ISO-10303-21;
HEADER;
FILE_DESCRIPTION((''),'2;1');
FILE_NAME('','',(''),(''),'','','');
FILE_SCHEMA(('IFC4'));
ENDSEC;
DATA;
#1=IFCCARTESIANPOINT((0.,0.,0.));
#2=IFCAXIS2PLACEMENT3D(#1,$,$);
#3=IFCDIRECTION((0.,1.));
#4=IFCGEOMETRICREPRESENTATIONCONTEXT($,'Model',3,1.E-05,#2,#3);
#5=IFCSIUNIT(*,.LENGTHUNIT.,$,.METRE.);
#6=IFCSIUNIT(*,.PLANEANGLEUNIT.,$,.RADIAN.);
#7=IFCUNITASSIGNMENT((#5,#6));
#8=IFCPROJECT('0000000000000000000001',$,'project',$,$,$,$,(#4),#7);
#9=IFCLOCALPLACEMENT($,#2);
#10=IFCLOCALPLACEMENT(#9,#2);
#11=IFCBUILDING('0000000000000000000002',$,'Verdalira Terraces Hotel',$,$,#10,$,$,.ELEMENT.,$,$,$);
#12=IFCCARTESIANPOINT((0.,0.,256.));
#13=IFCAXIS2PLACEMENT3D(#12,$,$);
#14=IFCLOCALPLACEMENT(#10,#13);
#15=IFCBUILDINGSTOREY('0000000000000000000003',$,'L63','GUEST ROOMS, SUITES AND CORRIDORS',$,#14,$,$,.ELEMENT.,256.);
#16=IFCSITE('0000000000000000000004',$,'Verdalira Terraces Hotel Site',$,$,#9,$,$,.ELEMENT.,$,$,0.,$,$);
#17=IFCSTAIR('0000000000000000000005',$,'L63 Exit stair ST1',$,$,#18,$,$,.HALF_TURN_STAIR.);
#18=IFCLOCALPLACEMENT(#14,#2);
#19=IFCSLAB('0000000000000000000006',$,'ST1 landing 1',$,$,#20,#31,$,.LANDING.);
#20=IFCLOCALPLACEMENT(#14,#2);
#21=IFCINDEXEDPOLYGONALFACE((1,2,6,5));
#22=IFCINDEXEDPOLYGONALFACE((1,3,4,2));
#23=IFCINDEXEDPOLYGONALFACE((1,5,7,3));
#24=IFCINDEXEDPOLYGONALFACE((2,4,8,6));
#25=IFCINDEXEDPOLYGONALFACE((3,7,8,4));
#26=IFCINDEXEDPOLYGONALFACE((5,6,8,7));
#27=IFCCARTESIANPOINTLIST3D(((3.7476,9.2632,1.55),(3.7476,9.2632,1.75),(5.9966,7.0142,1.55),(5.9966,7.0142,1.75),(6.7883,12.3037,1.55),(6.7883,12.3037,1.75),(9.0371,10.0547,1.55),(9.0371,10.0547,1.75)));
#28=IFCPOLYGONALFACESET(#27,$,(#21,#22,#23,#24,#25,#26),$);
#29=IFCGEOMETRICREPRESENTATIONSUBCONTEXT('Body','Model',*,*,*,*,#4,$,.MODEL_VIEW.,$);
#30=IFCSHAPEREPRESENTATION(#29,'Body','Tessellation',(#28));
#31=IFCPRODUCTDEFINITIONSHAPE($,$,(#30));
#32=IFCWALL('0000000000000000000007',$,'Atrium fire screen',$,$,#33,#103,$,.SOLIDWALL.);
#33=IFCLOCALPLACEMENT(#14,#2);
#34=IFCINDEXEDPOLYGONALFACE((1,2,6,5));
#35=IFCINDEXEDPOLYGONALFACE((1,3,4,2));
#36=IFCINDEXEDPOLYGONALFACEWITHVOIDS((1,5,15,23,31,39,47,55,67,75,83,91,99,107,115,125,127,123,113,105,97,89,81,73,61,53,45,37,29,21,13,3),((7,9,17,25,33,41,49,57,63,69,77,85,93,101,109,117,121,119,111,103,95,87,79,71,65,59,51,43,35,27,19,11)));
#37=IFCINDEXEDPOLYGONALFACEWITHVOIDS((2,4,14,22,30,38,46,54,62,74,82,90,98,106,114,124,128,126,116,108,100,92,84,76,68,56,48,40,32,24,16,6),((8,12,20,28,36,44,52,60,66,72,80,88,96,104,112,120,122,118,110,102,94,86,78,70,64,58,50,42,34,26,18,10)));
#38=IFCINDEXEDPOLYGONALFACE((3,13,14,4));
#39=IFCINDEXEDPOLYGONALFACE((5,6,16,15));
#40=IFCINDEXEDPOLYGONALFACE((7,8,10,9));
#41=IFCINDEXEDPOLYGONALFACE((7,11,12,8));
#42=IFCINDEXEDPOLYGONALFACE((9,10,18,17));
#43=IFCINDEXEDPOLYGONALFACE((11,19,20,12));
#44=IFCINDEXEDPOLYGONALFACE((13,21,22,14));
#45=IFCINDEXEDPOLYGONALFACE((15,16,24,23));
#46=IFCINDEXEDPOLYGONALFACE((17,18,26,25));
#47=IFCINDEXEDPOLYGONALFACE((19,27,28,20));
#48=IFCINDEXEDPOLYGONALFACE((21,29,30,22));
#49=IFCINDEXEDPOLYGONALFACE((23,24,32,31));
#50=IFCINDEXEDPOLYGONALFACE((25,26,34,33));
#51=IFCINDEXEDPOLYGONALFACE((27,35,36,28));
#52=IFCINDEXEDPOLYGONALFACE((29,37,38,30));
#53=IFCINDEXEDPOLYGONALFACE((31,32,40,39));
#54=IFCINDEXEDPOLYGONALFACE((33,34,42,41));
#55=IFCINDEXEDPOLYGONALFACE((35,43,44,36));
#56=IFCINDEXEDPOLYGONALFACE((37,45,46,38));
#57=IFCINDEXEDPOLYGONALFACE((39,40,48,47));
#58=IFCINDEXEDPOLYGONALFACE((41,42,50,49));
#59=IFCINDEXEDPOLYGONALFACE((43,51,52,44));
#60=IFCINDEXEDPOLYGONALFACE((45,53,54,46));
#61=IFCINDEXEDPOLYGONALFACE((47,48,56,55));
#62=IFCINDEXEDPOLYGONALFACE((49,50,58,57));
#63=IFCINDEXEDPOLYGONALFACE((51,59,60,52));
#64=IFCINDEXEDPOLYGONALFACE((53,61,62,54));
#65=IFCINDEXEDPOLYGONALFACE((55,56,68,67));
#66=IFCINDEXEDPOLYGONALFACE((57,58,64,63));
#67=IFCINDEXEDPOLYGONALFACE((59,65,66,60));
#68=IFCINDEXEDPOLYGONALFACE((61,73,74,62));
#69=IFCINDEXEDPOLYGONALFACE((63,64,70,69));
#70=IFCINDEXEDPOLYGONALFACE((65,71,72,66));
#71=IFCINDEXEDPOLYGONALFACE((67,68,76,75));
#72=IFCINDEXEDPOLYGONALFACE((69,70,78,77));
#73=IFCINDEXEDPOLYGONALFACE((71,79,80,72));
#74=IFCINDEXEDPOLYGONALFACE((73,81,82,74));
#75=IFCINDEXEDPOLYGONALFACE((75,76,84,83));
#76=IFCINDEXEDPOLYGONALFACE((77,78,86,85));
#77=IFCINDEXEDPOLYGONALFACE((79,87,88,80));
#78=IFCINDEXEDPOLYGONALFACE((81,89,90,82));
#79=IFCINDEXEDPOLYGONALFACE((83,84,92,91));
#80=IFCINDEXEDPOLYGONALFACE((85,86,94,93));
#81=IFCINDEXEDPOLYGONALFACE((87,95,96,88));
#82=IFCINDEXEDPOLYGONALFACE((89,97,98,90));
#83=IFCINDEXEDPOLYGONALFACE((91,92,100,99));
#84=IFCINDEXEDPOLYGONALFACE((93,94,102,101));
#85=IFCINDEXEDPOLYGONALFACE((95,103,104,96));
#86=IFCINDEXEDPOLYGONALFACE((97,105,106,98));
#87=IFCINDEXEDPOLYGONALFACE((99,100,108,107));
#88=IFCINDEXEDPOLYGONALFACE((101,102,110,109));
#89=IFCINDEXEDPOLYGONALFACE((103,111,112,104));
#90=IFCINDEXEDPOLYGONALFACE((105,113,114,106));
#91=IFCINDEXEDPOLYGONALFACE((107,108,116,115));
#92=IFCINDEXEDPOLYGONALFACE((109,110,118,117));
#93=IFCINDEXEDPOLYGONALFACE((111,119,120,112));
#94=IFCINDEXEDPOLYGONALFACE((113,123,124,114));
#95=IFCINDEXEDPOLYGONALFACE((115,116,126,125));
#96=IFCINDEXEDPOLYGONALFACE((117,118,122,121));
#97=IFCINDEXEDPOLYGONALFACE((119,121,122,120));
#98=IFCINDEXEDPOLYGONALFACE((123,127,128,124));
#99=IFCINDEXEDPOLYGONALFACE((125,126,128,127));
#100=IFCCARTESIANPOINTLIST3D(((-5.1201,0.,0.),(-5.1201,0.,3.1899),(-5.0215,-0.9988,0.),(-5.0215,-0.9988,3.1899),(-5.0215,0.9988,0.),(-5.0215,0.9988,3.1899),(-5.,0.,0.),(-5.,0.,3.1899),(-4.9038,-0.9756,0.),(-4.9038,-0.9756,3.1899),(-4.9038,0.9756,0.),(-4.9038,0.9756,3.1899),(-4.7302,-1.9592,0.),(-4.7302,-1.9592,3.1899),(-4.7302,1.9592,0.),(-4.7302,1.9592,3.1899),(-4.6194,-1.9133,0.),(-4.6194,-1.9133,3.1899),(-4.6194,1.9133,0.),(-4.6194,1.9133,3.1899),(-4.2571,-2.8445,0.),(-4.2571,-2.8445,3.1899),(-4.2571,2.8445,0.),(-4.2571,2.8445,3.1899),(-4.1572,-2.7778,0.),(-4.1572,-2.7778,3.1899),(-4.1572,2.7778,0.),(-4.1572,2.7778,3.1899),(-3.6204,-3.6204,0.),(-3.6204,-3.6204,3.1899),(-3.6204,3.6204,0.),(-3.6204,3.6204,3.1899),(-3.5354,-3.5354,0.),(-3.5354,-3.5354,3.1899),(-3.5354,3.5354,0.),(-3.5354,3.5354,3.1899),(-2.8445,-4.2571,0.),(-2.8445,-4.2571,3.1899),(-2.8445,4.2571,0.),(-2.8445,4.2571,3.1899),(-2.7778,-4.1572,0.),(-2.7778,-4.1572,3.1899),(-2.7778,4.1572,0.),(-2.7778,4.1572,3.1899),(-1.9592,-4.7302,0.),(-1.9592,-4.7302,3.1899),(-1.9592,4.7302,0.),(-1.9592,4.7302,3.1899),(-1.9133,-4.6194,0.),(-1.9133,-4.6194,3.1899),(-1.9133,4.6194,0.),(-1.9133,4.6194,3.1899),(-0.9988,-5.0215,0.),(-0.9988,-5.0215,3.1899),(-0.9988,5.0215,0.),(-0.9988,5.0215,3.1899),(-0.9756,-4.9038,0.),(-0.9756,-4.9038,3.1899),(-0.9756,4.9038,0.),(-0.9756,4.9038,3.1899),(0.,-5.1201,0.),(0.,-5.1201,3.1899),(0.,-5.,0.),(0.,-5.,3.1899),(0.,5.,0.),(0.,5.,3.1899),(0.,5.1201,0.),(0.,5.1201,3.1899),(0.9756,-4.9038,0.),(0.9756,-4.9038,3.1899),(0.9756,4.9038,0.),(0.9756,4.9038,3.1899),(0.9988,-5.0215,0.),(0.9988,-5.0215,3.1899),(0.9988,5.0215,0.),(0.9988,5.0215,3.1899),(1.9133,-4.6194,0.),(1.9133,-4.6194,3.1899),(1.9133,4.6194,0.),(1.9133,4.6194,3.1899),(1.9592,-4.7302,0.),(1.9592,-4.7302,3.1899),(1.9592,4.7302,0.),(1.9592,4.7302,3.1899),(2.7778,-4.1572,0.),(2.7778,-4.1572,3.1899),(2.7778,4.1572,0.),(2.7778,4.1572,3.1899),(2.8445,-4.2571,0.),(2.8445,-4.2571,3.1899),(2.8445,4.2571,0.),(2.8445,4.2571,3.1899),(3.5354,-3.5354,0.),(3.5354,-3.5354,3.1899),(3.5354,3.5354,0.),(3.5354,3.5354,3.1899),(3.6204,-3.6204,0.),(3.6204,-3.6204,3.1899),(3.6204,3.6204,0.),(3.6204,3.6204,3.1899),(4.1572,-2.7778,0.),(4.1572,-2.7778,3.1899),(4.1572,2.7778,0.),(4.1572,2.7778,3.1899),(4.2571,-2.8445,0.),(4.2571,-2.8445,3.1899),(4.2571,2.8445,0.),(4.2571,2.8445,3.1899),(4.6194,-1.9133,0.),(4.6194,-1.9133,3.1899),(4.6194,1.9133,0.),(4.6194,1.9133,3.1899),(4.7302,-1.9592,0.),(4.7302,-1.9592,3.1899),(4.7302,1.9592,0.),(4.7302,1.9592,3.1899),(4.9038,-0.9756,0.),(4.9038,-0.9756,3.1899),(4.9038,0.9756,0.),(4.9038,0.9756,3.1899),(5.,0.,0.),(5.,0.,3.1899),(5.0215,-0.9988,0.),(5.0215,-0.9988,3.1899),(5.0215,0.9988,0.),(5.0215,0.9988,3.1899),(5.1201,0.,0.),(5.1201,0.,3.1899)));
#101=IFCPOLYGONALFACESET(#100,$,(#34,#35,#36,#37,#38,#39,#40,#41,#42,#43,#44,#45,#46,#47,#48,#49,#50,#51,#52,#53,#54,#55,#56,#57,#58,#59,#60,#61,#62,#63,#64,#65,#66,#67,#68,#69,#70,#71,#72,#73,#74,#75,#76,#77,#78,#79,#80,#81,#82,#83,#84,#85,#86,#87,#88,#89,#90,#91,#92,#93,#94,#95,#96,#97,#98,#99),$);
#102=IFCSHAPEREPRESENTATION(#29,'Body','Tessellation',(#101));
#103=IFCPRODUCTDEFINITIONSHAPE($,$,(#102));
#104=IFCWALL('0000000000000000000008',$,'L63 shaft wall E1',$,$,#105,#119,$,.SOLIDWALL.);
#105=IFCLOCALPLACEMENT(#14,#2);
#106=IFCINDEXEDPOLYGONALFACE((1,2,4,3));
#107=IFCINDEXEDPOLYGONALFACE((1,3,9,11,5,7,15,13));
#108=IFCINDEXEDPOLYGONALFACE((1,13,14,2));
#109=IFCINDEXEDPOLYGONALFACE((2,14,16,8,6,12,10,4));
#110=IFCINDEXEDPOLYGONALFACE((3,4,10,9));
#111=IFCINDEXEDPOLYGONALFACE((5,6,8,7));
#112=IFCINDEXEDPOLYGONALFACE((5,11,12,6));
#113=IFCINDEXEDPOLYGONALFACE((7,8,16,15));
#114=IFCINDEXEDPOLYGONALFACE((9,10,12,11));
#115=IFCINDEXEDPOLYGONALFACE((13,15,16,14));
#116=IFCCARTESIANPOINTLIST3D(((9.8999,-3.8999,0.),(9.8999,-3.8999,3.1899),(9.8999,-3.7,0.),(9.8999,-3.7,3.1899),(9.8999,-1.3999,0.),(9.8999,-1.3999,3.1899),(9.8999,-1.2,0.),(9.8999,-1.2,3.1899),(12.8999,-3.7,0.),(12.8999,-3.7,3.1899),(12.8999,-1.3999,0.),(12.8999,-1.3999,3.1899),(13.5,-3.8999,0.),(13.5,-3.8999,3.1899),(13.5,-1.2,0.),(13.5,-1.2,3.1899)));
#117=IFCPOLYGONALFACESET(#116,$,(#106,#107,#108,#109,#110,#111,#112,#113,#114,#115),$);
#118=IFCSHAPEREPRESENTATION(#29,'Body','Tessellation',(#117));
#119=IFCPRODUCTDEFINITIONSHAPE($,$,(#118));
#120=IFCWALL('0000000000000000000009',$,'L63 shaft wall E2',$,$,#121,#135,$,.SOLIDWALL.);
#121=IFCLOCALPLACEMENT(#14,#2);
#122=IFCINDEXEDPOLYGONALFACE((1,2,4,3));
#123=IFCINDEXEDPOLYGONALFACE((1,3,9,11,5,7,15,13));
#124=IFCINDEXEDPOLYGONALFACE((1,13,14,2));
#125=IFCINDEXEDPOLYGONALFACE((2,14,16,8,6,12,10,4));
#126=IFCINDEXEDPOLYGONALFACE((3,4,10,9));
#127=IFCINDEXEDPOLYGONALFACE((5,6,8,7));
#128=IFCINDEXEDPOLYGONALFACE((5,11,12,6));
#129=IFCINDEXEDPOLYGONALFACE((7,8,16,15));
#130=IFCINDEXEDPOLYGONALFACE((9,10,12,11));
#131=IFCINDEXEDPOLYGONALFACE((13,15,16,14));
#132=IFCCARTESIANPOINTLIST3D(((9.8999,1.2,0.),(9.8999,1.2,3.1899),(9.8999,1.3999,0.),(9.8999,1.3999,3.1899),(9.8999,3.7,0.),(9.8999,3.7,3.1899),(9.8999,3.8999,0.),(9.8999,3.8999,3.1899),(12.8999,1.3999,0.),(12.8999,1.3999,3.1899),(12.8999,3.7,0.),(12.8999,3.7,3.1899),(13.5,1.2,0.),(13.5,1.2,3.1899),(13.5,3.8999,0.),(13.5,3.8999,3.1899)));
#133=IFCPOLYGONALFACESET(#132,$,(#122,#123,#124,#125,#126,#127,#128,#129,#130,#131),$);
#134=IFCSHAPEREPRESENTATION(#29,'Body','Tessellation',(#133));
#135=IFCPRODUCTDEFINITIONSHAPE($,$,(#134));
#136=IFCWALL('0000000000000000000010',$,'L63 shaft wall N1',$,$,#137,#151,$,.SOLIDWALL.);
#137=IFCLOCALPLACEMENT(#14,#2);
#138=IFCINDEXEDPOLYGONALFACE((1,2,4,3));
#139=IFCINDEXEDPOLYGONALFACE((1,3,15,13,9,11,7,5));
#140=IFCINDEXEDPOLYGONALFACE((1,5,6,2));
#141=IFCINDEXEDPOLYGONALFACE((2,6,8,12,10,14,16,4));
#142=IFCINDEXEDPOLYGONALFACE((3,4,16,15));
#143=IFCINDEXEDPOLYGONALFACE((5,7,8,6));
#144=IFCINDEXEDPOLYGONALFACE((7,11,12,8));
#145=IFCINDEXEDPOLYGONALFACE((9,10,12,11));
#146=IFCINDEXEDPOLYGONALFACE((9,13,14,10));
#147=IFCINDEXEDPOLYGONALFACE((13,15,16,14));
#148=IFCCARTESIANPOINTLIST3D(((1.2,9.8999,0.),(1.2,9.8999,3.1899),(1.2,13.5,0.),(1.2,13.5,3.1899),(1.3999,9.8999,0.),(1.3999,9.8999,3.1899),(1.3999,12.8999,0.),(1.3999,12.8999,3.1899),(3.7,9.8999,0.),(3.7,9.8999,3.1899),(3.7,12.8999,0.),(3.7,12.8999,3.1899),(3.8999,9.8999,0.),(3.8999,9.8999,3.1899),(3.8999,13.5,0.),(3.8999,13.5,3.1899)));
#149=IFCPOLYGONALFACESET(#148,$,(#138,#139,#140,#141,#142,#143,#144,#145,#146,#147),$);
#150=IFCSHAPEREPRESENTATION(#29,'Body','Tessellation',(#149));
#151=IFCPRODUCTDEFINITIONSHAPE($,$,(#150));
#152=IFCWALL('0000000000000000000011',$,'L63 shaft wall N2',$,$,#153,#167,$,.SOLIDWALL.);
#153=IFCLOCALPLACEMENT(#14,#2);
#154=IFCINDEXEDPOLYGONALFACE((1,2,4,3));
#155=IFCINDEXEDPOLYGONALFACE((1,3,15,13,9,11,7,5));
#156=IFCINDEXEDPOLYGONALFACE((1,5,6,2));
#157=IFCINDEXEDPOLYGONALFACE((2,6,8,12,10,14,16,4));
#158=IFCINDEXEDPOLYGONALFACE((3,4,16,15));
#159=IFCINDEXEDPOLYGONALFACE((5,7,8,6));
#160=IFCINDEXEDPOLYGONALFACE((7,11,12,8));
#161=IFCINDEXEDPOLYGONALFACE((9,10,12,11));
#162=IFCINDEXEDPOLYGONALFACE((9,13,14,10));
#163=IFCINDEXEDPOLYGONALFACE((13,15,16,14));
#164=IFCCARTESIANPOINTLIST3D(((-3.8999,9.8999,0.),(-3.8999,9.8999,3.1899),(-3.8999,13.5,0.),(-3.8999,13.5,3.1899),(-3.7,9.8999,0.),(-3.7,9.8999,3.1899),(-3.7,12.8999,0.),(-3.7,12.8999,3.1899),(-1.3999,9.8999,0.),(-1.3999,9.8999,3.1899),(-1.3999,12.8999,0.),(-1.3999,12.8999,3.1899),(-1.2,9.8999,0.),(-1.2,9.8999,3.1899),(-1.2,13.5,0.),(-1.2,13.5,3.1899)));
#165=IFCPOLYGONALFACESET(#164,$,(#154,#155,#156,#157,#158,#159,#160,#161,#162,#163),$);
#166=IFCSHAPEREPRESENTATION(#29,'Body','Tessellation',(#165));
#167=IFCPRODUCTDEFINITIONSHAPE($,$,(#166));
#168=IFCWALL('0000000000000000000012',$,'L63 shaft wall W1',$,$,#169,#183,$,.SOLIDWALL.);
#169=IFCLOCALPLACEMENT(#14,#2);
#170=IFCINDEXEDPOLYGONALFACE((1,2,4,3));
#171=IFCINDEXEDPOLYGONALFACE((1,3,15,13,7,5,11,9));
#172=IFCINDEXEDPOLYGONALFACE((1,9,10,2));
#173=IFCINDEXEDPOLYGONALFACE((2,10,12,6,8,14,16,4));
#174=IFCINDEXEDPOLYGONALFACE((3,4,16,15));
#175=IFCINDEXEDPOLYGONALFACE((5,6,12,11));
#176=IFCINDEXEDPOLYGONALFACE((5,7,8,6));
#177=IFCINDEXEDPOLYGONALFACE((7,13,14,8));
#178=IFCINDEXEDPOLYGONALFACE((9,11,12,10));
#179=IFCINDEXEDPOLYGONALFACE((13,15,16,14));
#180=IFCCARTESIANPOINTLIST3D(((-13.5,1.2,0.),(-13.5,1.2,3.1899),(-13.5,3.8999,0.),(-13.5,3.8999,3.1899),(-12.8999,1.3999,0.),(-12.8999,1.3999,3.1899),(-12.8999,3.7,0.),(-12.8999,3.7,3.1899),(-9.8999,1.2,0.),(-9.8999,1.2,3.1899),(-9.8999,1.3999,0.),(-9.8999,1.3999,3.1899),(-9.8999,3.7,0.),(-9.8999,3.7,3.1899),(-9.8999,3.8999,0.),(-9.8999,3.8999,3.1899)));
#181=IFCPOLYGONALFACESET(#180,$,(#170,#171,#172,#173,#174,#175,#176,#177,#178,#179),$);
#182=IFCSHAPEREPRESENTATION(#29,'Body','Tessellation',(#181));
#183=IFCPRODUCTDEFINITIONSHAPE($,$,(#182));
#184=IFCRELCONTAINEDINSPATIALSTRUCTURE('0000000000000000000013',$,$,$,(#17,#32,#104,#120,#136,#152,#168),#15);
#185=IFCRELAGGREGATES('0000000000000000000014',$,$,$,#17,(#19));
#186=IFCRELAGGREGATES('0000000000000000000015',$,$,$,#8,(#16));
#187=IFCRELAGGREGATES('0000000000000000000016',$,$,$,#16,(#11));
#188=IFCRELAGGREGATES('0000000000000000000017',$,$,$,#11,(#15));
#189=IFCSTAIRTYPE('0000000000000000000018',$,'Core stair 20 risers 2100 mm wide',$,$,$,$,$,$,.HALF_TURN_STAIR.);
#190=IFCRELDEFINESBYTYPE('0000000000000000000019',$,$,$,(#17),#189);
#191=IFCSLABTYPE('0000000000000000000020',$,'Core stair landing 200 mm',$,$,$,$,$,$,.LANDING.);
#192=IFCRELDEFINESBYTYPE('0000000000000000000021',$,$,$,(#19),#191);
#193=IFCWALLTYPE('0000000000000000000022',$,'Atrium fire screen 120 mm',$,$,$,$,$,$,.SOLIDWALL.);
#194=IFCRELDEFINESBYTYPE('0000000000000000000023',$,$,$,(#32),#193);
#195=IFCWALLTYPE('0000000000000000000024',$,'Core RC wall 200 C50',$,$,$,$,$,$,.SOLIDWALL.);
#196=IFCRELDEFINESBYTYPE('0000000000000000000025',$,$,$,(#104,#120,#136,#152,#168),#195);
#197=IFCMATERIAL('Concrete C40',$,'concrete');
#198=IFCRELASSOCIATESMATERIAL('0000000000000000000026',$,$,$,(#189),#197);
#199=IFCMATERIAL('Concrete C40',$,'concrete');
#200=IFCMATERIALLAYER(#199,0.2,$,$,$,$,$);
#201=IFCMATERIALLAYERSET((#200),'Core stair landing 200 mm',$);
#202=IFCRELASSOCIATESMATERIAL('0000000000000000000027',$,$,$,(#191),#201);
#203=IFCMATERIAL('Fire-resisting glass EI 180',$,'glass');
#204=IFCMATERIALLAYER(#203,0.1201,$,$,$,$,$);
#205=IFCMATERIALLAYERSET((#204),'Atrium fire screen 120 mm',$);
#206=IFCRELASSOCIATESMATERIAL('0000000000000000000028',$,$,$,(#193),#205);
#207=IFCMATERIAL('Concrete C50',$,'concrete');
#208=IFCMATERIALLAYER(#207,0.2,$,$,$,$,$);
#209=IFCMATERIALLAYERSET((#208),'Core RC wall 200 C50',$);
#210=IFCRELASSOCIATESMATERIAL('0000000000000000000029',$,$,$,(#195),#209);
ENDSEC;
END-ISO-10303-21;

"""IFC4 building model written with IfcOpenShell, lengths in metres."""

from ifc_helpers import new_model, si_unit, direction, frame, origin, place, context, subcontext, project, spatial, polyline, outline, extrude, material, layer, layer_set, type_object, element, aggregate, save


model = new_model("IFC4")

# Units and contexts
model_context = context("Model", 3, precision=1e-05, world=origin(), true_north=direction((0.0, 1.0)))
body_context = subcontext(model_context, "Body", "Model", "MODEL_VIEW")
ifc_project = project(units=[si_unit("LENGTHUNIT", "METRE"), si_unit("PLANEANGLEUNIT", "RADIAN")], contexts=[model_context])

# Site, building, storey
site_placement = place(None, origin())
site = spatial("IfcSite", under=ifc_project, at=site_placement, Name="Verdalira Terraces Hotel Site", CompositionType="ELEMENT", RefElevation=0.0)
building_placement = place(site_placement, origin())
building = spatial("IfcBuilding", under=site, at=building_placement, Name="Verdalira Terraces Hotel", CompositionType="ELEMENT")
storey_placement = place(building_placement, frame((0.0, 0.0, 256.0)))
storey = spatial("IfcBuildingStorey", under=building, at=storey_placement, Name="L63", Description="GUEST ROOMS, SUITES AND CORRIDORS", CompositionType="ELEMENT", Elevation=256.0)

# Stair, slab
ifc_material_1 = material(Name="Concrete C40", Category="concrete")
stair_type = type_object("IfcStairType", Name="Core stair 20 risers 2100 mm wide", PredefinedType="HALF_TURN_STAIR", material=ifc_material_1)
stair_placement = place(storey_placement, origin())
stair = element("IfcStair", 1, at=stair_placement, inside=storey, type_object=stair_type, Name="L63 Exit stair ST1", PredefinedType="HALF_TURN_STAIR")
ifc_material_2 = material(Name="Concrete C40", Category="concrete")
ifc_layer_1 = layer(ifc_material_2, 0.2)
ifc_layer_set_1 = layer_set([ifc_layer_1], Name="Core stair landing 200 mm")
slab_type_1 = type_object("IfcSlabType", Name="Core stair landing 200 mm", PredefinedType="LANDING", material=ifc_layer_set_1)
slab_1_placement = place(storey_placement, frame((0.0, 0.0, 1.55)))
slab_1 = element("IfcSlab", 2, at=slab_1_placement, type_object=slab_type_1, Name="ST1 landing 1", PredefinedType="LANDING", context=body_context, shape_type="SweptSolid", body=[
    extrude(outline(polyline([(9.0371, 10.0547), (6.7883, 12.3037), (3.7476, 9.2632), (5.9966, 7.0142), (9.0371, 10.0547)])), origin(), (0.0, 0.0, 1.0), 0.2),
])
aggregate(stair, [slab_1])

# Walls
ifc_material_3 = material(Name="Fire-resisting glass EI 180", Category="glass")
ifc_layer_2 = layer(ifc_material_3, 0.1201)
ifc_layer_set_2 = layer_set([ifc_layer_2], Name="Atrium fire screen 120 mm")
wall_type_1 = type_object("IfcWallType", Name="Atrium fire screen 120 mm", PredefinedType="SOLIDWALL", material=ifc_layer_set_2)
wall_1_placement = place(storey_placement, origin())
element("IfcWall", 3, at=wall_1_placement, inside=storey, type_object=wall_type_1, Name="Atrium fire screen", PredefinedType="SOLIDWALL", context=body_context, shape_type="SweptSolid", body=[
    extrude(outline(polyline([(5.0215, -0.9988), (4.7302, -1.9592), (4.2571, -2.8445), (3.6204, -3.6204), (2.8445, -4.2571), (1.9592, -4.7302), (0.9988, -5.0215), (0.0, -5.1201), (-0.9988, -5.0215), (-1.9592, -4.7302), (-2.8445, -4.2571), (-3.6204, -3.6204), (-4.2571, -2.8445), (-4.7302, -1.9592), (-5.0215, -0.9988), (-5.1201, 0.0), (-5.0215, 0.9988), (-4.7302, 1.9592), (-4.2571, 2.8445), (-3.6204, 3.6204), (-2.8445, 4.2571), (-1.9592, 4.7302), (-0.9988, 5.0215), (0.0, 5.1201), (0.9988, 5.0215), (1.9592, 4.7302), (2.8445, 4.2571), (3.6204, 3.6204), (4.2571, 2.8445), (4.7302, 1.9592), (5.0215, 0.9988), (5.1201, 0.0), (5.0215, -0.9988)]), holes=[polyline([(4.9038, 0.9756), (4.6194, 1.9133), (4.1572, 2.7778), (3.5354, 3.5354), (2.7778, 4.1572), (1.9133, 4.6194), (0.9756, 4.9038), (0.0, 5.0), (-0.9756, 4.9038), (-1.9133, 4.6194), (-2.7778, 4.1572), (-3.5354, 3.5354), (-4.1572, 2.7778), (-4.6194, 1.9133), (-4.9038, 0.9756), (-5.0, 0.0), (-4.9038, -0.9756), (-4.6194, -1.9133), (-4.1572, -2.7778), (-3.5354, -3.5354), (-2.7778, -4.1572), (-1.9133, -4.6194), (-0.9756, -4.9038), (0.0, -5.0), (0.9756, -4.9038), (1.9133, -4.6194), (2.7778, -4.1572), (3.5354, -3.5354), (4.1572, -2.7778), (4.6194, -1.9133), (4.9038, -0.9756), (5.0, 0.0), (4.9038, 0.9756)])]), origin(), (0.0, 0.0, 1.0), 3.1899),
])
ifc_material_4 = material(Name="Concrete C50", Category="concrete")
ifc_layer_3 = layer(ifc_material_4, 0.2)
ifc_layer_set_3 = layer_set([ifc_layer_3], Name="Core RC wall 200 C50")
wall_type_2 = type_object("IfcWallType", Name="Core RC wall 200 C50", PredefinedType="SOLIDWALL", material=ifc_layer_set_3)
wall_2_placement = place(storey_placement, origin())
element("IfcWall", 4, at=wall_2_placement, inside=storey, type_object=wall_type_2, Name="L63 shaft wall E1", PredefinedType="SOLIDWALL", context=body_context, shape_type="SweptSolid", body=[
    extrude(outline(polyline([(13.5, -3.8999), (9.8999, -3.8999), (9.8999, -3.7), (12.8999, -3.7), (12.8999, -1.3999), (9.8999, -1.3999), (9.8999, -1.2), (13.5, -1.2), (13.5, -3.8999)])), origin(), (0.0, 0.0, 1.0), 3.1899),
])
wall_3_placement = place(storey_placement, origin())
element("IfcWall", 5, at=wall_3_placement, inside=storey, type_object=wall_type_2, Name="L63 shaft wall E2", PredefinedType="SOLIDWALL", context=body_context, shape_type="SweptSolid", body=[
    extrude(outline(polyline([(13.5, 3.8999), (13.5, 1.2), (9.8999, 1.2), (9.8999, 1.3999), (12.8999, 1.3999), (12.8999, 3.7), (9.8999, 3.7), (9.8999, 3.8999), (13.5, 3.8999)])), origin(), (0.0, 0.0, 1.0), 3.1899),
])
wall_4_placement = place(storey_placement, origin())
element("IfcWall", 6, at=wall_4_placement, inside=storey, type_object=wall_type_2, Name="L63 shaft wall N1", PredefinedType="SOLIDWALL", context=body_context, shape_type="SweptSolid", body=[
    extrude(outline(polyline([(3.8999, 9.8999), (3.7, 9.8999), (3.7, 12.8999), (1.3999, 12.8999), (1.3999, 9.8999), (1.2, 9.8999), (1.2, 13.5), (3.8999, 13.5), (3.8999, 9.8999)])), origin(), (0.0, 0.0, 1.0), 3.1899),
])
wall_5_placement = place(storey_placement, origin())
element("IfcWall", 7, at=wall_5_placement, inside=storey, type_object=wall_type_2, Name="L63 shaft wall N2", PredefinedType="SOLIDWALL", context=body_context, shape_type="SweptSolid", body=[
    extrude(outline(polyline([(-3.8999, 13.5), (-1.2, 13.5), (-1.2, 9.8999), (-1.3999, 9.8999), (-1.3999, 12.8999), (-3.7, 12.8999), (-3.7, 9.8999), (-3.8999, 9.8999), (-3.8999, 13.5)])), origin(), (0.0, 0.0, 1.0), 3.1899),
])
wall_6_placement = place(storey_placement, origin())
element("IfcWall", 8, at=wall_6_placement, inside=storey, type_object=wall_type_2, Name="L63 shaft wall W1", PredefinedType="SOLIDWALL", context=body_context, shape_type="SweptSolid", body=[
    extrude(outline(polyline([(-13.5, 3.8999), (-9.8999, 3.8999), (-9.8999, 3.7), (-12.8999, 3.7), (-12.8999, 1.3999), (-9.8999, 1.3999), (-9.8999, 1.2), (-13.5, 1.2), (-13.5, 3.8999)])), origin(), (0.0, 0.0, 1.0), 3.1899),
])

save(model, "model.ifc")
